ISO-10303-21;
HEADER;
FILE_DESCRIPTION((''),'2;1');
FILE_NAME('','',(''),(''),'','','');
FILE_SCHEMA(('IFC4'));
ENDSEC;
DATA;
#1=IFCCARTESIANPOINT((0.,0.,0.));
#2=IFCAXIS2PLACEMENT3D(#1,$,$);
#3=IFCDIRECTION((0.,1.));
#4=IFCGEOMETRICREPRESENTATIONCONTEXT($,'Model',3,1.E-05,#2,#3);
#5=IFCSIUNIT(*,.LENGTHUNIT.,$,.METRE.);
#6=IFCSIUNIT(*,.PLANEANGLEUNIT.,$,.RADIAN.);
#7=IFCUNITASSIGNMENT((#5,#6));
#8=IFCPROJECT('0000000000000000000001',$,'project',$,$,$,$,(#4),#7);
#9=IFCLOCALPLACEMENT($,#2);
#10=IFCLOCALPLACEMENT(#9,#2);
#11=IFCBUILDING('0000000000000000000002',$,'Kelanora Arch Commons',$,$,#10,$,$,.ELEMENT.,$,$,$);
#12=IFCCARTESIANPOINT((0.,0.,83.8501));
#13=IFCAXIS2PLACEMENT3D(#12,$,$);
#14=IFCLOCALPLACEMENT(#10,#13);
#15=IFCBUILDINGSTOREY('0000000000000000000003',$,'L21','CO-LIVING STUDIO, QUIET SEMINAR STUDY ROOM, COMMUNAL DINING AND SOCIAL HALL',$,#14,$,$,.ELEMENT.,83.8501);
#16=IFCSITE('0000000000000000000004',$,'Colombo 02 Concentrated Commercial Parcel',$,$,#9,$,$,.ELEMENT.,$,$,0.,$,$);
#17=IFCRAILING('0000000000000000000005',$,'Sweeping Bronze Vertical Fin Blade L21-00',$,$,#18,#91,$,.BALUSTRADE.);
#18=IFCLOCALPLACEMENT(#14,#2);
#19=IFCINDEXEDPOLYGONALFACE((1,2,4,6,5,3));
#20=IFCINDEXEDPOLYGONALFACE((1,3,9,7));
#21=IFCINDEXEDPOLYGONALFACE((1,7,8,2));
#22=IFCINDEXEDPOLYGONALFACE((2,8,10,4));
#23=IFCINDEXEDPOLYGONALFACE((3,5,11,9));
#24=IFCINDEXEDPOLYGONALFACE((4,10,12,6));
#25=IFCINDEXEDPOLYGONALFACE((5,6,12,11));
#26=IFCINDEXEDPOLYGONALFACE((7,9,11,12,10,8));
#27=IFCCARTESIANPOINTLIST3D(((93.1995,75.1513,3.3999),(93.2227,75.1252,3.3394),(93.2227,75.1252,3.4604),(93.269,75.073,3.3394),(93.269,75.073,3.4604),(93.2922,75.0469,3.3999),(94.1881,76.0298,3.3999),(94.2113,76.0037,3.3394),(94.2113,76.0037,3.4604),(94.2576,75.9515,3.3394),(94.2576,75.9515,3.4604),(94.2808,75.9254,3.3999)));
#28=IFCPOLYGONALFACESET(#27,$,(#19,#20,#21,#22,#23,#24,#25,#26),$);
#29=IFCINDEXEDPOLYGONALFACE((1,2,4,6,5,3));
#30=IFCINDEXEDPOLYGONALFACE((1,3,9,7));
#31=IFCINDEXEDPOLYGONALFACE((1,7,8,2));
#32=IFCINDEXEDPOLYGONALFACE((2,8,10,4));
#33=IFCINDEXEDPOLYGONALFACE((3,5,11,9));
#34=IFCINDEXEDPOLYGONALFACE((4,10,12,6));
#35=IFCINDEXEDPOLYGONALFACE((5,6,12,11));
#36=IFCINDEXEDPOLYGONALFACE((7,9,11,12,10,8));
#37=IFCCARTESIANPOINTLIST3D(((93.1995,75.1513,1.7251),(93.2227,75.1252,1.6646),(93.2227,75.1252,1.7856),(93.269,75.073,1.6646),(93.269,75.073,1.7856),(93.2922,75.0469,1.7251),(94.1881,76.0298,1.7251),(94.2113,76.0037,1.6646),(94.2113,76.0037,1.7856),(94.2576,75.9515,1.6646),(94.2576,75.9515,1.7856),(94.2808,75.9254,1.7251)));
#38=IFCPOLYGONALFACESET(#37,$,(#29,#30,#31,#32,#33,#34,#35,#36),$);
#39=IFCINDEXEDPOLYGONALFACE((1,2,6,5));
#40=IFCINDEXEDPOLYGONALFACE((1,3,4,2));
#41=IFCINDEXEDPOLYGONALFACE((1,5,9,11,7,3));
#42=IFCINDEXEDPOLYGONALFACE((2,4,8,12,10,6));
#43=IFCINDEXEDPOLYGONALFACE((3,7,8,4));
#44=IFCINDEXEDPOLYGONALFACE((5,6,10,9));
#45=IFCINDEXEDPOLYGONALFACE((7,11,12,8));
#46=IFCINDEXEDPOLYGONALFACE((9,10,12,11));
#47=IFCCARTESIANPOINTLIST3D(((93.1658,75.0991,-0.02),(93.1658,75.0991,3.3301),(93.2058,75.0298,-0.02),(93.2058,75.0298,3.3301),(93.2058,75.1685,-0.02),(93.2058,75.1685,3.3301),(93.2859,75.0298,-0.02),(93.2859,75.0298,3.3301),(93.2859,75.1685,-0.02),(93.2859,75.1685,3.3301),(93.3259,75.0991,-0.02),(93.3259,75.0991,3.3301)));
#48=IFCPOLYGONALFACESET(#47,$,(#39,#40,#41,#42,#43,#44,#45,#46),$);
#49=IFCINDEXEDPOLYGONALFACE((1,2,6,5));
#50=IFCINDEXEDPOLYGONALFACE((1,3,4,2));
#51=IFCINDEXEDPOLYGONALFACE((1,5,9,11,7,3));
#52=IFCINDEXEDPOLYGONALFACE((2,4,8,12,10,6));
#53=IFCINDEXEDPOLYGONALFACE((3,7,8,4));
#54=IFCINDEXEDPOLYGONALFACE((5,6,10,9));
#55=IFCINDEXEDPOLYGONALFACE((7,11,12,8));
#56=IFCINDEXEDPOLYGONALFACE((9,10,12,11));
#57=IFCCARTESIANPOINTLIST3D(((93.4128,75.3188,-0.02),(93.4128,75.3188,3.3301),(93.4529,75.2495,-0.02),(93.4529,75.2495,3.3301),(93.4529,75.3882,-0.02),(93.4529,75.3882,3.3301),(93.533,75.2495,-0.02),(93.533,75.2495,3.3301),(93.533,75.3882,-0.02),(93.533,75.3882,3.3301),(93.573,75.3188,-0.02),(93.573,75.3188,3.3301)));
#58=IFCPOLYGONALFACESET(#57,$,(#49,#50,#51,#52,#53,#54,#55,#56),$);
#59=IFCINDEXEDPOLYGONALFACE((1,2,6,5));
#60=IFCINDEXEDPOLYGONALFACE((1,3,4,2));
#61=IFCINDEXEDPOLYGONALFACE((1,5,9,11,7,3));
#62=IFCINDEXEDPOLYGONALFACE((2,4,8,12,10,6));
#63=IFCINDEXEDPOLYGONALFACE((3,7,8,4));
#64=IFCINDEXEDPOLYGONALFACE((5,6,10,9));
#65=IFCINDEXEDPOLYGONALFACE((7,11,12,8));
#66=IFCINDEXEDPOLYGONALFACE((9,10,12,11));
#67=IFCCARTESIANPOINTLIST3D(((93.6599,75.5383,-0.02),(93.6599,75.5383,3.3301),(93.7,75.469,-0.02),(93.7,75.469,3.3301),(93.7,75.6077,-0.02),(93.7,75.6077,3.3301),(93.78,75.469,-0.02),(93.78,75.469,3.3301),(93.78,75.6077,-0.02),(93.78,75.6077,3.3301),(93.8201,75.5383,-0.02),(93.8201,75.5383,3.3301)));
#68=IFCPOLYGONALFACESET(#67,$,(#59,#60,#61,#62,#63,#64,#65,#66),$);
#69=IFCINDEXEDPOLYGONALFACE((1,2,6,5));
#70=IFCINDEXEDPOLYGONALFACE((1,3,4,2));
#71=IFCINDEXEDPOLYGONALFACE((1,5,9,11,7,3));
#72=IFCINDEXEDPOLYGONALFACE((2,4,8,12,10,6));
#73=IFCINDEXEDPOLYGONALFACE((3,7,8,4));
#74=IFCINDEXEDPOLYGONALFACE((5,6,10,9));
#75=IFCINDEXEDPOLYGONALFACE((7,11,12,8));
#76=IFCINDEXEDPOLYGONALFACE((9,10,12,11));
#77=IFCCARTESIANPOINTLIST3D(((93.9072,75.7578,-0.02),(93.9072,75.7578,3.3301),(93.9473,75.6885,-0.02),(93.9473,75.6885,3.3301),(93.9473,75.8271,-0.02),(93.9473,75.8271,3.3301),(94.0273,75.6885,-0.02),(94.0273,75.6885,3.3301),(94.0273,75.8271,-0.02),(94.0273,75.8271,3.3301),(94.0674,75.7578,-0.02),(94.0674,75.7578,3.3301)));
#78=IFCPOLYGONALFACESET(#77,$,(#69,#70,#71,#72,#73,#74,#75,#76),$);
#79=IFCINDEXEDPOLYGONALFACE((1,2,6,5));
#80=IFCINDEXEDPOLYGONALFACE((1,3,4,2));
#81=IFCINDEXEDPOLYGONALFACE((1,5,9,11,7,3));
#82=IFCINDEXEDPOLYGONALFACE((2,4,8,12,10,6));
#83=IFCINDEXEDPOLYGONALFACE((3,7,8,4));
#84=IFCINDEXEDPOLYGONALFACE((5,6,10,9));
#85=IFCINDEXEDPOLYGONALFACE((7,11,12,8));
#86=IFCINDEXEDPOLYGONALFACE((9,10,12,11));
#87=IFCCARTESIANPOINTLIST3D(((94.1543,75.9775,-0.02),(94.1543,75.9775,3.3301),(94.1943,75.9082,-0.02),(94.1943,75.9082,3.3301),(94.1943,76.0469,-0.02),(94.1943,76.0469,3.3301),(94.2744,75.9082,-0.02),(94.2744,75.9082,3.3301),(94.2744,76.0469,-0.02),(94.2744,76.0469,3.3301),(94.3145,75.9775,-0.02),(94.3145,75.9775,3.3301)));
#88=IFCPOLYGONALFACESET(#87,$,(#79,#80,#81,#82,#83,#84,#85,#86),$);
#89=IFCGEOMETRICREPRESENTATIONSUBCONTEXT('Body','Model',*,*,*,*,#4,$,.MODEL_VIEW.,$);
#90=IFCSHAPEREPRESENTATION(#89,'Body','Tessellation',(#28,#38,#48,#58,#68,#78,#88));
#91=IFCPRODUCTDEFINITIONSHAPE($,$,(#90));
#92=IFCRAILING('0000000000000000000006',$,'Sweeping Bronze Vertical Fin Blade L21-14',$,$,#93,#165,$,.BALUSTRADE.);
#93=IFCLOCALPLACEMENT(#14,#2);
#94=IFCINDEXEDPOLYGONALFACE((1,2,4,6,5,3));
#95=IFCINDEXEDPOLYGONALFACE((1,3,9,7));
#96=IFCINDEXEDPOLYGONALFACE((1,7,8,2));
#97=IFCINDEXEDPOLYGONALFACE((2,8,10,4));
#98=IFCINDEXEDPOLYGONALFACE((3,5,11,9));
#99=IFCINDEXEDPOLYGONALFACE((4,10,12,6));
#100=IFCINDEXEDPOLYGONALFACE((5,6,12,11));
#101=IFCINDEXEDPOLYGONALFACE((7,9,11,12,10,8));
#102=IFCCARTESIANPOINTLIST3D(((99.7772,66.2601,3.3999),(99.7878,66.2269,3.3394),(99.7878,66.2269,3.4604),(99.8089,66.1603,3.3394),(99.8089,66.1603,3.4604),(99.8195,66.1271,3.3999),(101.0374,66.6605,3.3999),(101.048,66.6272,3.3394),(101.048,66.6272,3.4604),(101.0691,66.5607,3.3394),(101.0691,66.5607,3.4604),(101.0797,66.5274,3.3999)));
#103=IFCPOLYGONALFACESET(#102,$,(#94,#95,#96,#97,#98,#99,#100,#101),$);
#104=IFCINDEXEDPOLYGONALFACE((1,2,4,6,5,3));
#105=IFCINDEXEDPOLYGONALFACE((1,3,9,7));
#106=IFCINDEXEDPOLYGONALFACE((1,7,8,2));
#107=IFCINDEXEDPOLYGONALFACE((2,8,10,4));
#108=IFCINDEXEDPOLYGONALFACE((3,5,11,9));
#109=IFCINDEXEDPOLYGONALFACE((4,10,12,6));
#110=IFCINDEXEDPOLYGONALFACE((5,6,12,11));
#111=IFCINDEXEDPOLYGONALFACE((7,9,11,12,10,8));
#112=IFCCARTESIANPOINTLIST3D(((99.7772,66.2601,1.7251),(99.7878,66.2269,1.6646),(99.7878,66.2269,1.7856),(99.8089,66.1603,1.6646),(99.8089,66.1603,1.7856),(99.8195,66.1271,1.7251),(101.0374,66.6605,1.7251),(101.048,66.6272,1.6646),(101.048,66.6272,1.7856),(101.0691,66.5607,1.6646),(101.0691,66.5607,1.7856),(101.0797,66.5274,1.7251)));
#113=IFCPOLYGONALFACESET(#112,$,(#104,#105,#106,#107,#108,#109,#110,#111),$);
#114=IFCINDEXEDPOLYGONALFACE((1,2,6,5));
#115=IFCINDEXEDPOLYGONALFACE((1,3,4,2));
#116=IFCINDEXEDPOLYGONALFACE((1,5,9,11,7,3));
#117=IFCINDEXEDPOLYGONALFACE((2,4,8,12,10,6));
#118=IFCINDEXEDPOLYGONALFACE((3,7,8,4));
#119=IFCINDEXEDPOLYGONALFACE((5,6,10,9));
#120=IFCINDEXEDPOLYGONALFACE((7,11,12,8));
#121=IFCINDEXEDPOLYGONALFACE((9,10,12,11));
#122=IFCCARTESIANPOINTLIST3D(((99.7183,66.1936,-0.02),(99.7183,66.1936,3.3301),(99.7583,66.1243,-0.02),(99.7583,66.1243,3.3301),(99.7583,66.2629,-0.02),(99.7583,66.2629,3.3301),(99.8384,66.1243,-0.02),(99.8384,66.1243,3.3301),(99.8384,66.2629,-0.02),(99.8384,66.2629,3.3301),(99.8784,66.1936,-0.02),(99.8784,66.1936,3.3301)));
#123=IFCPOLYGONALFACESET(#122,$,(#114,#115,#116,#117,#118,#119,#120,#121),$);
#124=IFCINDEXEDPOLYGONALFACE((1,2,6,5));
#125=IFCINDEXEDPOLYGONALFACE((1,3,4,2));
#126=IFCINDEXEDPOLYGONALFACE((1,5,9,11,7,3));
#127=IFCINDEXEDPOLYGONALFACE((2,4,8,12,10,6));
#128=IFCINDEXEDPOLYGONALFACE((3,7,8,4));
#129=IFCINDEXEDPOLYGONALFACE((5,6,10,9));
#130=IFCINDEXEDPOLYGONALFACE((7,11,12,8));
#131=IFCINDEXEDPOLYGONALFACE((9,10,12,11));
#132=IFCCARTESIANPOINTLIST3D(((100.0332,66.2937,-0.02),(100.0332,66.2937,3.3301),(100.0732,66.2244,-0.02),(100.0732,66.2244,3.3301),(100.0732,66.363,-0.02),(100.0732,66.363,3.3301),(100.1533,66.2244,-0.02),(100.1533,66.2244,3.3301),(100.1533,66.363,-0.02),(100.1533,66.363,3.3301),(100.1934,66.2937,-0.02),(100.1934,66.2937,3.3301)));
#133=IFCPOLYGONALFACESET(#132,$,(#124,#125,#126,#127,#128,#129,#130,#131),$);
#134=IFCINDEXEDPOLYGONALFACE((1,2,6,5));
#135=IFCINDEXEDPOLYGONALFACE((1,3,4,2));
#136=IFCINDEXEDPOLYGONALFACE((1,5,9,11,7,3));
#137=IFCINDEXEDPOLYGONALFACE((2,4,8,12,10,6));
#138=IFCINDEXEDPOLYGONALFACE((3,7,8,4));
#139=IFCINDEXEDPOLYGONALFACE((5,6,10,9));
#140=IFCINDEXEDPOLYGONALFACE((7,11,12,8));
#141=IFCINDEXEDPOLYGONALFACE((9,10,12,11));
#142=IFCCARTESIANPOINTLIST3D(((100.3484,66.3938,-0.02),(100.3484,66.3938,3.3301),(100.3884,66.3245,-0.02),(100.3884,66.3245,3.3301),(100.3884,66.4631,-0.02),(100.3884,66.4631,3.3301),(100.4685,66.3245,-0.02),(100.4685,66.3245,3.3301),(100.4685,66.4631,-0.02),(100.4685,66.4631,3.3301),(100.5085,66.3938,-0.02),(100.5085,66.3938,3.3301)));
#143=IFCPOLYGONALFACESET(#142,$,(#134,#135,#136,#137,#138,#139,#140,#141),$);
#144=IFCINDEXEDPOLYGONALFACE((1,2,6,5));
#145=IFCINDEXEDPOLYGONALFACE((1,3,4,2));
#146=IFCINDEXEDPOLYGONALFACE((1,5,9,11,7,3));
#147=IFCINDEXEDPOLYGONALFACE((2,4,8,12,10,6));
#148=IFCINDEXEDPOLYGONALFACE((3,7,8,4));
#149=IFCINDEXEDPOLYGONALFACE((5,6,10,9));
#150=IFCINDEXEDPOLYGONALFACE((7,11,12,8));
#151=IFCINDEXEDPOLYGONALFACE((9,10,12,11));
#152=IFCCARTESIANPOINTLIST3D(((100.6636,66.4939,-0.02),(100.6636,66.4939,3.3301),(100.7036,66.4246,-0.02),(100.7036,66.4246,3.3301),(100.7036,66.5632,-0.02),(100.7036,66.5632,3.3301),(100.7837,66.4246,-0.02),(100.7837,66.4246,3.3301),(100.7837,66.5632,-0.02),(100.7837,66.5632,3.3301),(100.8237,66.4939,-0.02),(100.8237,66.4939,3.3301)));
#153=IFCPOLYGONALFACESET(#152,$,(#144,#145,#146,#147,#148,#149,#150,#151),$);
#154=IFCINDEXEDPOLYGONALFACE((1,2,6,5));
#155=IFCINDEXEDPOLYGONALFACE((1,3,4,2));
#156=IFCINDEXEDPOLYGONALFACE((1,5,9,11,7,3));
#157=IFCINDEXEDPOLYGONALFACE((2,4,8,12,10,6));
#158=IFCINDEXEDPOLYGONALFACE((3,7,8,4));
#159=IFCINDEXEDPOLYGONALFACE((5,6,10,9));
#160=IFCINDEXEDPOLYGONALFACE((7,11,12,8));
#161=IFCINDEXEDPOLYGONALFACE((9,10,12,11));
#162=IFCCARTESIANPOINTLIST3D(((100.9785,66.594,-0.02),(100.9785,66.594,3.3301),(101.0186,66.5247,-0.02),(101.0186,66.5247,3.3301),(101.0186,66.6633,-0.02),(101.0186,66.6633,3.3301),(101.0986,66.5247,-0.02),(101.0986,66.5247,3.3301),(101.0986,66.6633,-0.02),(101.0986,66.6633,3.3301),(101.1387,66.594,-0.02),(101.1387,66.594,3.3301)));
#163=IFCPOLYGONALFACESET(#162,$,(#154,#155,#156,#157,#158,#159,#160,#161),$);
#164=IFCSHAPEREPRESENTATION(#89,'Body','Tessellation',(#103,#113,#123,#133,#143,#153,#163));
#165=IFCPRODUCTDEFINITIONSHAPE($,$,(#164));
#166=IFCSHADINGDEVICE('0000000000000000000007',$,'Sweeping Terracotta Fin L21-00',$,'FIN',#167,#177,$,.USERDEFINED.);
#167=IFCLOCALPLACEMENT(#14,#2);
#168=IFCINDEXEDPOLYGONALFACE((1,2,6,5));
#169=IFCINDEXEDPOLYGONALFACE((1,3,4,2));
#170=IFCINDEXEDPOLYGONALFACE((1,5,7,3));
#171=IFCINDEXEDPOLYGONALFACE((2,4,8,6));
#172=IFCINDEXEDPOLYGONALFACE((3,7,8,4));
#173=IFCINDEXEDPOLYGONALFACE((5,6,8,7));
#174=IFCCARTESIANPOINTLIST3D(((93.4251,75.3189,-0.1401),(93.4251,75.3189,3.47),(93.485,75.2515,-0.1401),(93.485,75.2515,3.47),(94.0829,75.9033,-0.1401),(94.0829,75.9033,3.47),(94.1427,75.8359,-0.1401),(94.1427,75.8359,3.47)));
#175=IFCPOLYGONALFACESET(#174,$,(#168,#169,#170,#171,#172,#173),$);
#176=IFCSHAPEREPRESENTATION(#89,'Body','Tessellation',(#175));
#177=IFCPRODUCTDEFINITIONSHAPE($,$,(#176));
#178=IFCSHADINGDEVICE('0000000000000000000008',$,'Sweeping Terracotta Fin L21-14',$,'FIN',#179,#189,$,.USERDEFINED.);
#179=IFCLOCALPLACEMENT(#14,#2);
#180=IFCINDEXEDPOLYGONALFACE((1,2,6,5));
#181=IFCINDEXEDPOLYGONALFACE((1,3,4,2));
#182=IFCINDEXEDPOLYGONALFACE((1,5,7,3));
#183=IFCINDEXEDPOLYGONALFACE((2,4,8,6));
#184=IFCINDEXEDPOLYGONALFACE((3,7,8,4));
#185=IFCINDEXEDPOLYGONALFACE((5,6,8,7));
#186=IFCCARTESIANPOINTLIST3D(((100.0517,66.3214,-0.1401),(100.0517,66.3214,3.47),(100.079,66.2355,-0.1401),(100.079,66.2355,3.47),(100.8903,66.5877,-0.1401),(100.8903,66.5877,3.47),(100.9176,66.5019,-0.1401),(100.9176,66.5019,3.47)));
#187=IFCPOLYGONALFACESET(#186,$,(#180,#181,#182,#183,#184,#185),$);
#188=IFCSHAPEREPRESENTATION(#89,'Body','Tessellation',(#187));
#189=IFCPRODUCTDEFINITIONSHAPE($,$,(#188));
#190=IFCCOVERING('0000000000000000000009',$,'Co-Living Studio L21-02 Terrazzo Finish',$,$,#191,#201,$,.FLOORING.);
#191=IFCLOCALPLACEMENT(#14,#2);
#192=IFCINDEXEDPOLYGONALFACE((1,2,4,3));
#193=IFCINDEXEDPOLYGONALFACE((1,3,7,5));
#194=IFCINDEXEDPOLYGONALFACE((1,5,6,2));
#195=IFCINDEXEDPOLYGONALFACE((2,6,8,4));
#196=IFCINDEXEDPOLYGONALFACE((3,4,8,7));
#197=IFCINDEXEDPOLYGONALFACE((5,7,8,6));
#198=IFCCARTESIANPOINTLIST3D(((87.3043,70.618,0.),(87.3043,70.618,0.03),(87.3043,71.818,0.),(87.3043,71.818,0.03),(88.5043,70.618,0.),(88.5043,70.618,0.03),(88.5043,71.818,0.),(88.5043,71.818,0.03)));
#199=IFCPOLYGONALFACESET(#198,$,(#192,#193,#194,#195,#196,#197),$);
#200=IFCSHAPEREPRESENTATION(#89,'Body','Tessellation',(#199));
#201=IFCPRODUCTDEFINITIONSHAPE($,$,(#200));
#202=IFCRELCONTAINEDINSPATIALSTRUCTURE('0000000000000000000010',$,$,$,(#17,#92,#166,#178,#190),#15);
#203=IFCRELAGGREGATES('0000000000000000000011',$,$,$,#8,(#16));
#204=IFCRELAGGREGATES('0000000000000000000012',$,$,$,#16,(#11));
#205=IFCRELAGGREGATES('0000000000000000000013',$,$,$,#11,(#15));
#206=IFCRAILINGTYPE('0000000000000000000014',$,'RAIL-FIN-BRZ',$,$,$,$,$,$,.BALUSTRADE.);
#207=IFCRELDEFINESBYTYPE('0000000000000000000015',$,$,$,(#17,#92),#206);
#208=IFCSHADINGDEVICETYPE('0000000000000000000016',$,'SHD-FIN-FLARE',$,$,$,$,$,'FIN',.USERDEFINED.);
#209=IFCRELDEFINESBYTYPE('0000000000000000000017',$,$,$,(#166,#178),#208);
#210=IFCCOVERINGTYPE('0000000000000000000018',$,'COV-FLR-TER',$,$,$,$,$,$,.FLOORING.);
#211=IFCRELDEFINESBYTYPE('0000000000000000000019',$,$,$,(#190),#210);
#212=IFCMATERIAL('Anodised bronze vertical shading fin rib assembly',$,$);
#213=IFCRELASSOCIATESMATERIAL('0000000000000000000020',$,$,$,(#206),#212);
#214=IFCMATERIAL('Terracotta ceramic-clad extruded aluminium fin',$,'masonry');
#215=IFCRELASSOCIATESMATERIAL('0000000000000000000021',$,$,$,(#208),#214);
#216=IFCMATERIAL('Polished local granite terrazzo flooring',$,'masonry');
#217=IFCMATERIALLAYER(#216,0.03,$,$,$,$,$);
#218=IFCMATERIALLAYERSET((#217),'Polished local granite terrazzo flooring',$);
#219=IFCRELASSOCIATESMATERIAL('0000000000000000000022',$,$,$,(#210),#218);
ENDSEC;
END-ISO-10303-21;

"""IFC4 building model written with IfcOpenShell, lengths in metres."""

from ifc_helpers import new_model, si_unit, direction, frame, origin, origin_2d, place, context, subcontext, project, spatial, polyline, rectangle, outline, extrude, source, transform, mapped, material, layer, layer_set, type_object, element, save


model = new_model("IFC4")

# Units and contexts
model_context = context("Model", 3, precision=1e-05, world=origin(), true_north=direction((0.0, 1.0)))
body_context = subcontext(model_context, "Body", "Model", "MODEL_VIEW")
ifc_project = project(units=[si_unit("LENGTHUNIT", "METRE"), si_unit("PLANEANGLEUNIT", "RADIAN")], contexts=[model_context])

# Site, building, storey
site_placement = place(None, origin())
site = spatial("IfcSite", under=ifc_project, at=site_placement, Name="Colombo 02 Concentrated Commercial Parcel", CompositionType="ELEMENT", RefElevation=0.0)
building_placement = place(site_placement, origin())
building = spatial("IfcBuilding", under=site, at=building_placement, Name="Kelanora Arch Commons", CompositionType="ELEMENT")
storey_placement = place(building_placement, frame((0.0, 0.0, 83.8501)))
storey = spatial("IfcBuildingStorey", under=building, at=storey_placement, Name="L21", Description="CO-LIVING STUDIO, QUIET SEMINAR STUDY ROOM, COMMUNAL DINING AND SOCIAL HALL", CompositionType="ELEMENT", Elevation=83.8501)

# Railings
ifc_material_1 = material(Name="Anodised bronze vertical shading fin rib assembly")
railing_type = type_object("IfcRailingType", Name="RAIL-FIN-BRZ", PredefinedType="BALUSTRADE", material=ifc_material_1)
railing_1_placement = place(storey_placement, frame((93.2458, 75.0991, -0.02)))
element("IfcRailing", 1, at=railing_1_placement, inside=storey, type_object=railing_type, Name="Sweeping Bronze Vertical Fin Blade L21-00", PredefinedType="BALUSTRADE", context=body_context, shape_type="SweptSolid", body=[
    extrude(outline(polyline([(0.0698, 0.0), (0.0349, 0.0605), (-0.0349, 0.0605), (-0.0698, 0.0), (-0.0349, -0.0605), (0.0349, -0.0605), (0.0698, 0.0)])), frame((0.0, 0.0, 3.4199), z_axis=(0.747511, 0.664249, 0.0), x_axis=(-0.664249, 0.747511, 0.0)), (0.0, 0.0, 1.0), 1.3225),
    extrude(outline(polyline([(0.0698, 0.0), (0.0349, 0.0605), (-0.0349, 0.0605), (-0.0698, 0.0), (-0.0349, -0.0605), (0.0349, -0.0605), (0.0698, 0.0)])), frame((0.0, 0.0, 1.7451), z_axis=(0.747511, 0.664249, 0.0), x_axis=(-0.664249, 0.747511, 0.0)), (0.0, 0.0, 1.0), 1.3225),
    extrude(outline(polyline([(0.0801, 0.0), (0.04, 0.0693), (-0.04, 0.0693), (-0.0801, 0.0), (-0.04, -0.0693), (0.04, -0.0693), (0.0801, 0.0)])), origin(), (0.0, 0.0, 1.0), 3.3501),
    extrude(outline(polyline([(0.0801, 0.0), (0.04, 0.0693), (-0.04, 0.0693), (-0.0801, 0.0), (-0.04, -0.0693), (0.04, -0.0693), (0.0801, 0.0)])), frame((0.2471, 0.2197, 0.0)), (0.0, 0.0, 1.0), 3.3501),
    extrude(outline(polyline([(0.0801, 0.0), (0.04, 0.0693), (-0.04, 0.0693), (-0.0801, 0.0), (-0.04, -0.0693), (0.04, -0.0693), (0.0801, 0.0)])), frame((0.4941, 0.4392, 0.0)), (0.0, 0.0, 1.0), 3.3501),
    extrude(outline(polyline([(0.0801, 0.0), (0.04, 0.0693), (-0.04, 0.0693), (-0.0801, 0.0), (-0.04, -0.0693), (0.04, -0.0693), (0.0801, 0.0)])), frame((0.7415, 0.6587, 0.0)), (0.0, 0.0, 1.0), 3.3501),
    extrude(outline(polyline([(0.0801, 0.0), (0.04, 0.0693), (-0.04, 0.0693), (-0.0801, 0.0), (-0.04, -0.0693), (0.04, -0.0693), (0.0801, 0.0)])), frame((0.9885, 0.8784, 0.0)), (0.0, 0.0, 1.0), 3.3501),
])
railing_2_placement = place(storey_placement, frame((99.7983, 66.1936, -0.02)))
element("IfcRailing", 2, at=railing_2_placement, inside=storey, type_object=railing_type, Name="Sweeping Bronze Vertical Fin Blade L21-14", PredefinedType="BALUSTRADE", context=body_context, shape_type="SweptSolid", body=[
    extrude(outline(polyline([(0.0698, 0.0), (0.0349, 0.0605), (-0.0349, 0.0605), (-0.0698, 0.0), (-0.0349, -0.0605), (0.0349, -0.0605), (0.0698, 0.0)])), frame((0.0, 0.0, 3.4199), z_axis=(0.953057, 0.302792, 0.0), x_axis=(-0.302792, 0.953057, 0.0)), (0.0, 0.0, 1.0), 1.3223),
    extrude(outline(polyline([(0.0698, 0.0), (0.0349, 0.0605), (-0.0349, 0.0605), (-0.0698, 0.0), (-0.0349, -0.0605), (0.0349, -0.0605), (0.0698, 0.0)])), frame((0.0, 0.0, 1.7451), z_axis=(0.953057, 0.302792, 0.0), x_axis=(-0.302792, 0.953057, 0.0)), (0.0, 0.0, 1.0), 1.3223),
    extrude(outline(polyline([(0.0801, 0.0), (0.04, 0.0693), (-0.04, 0.0693), (-0.0801, 0.0), (-0.04, -0.0693), (0.04, -0.0693), (0.0801, 0.0)])), origin(), (0.0, 0.0, 1.0), 3.3501),
    extrude(outline(polyline([(0.0801, 0.0), (0.04, 0.0693), (-0.04, 0.0693), (-0.0801, 0.0), (-0.04, -0.0693), (0.04, -0.0693), (0.0801, 0.0)])), frame((0.3149, 0.1001, 0.0)), (0.0, 0.0, 1.0), 3.3501),
    extrude(outline(polyline([(0.0801, 0.0), (0.04, 0.0693), (-0.04, 0.0693), (-0.0801, 0.0), (-0.04, -0.0693), (0.04, -0.0693), (0.0801, 0.0)])), frame((0.6301, 0.2002, 0.0)), (0.0, 0.0, 1.0), 3.3501),
    extrude(outline(polyline([(0.0801, 0.0), (0.04, 0.0693), (-0.04, 0.0693), (-0.0801, 0.0), (-0.04, -0.0693), (0.04, -0.0693), (0.0801, 0.0)])), frame((0.9453, 0.3003, 0.0)), (0.0, 0.0, 1.0), 3.3501),
    extrude(outline(polyline([(0.0801, 0.0), (0.04, 0.0693), (-0.04, 0.0693), (-0.0801, 0.0), (-0.04, -0.0693), (0.04, -0.0693), (0.0801, 0.0)])), frame((1.2603, 0.4004, 0.0)), (0.0, 0.0, 1.0), 3.3501),
])

# Shading devices
ifc_material_2 = material(Name="Terracotta ceramic-clad extruded aluminium fin", Category="masonry")
shading_device_type = type_object("IfcShadingDeviceType", Name="SHD-FIN-FLARE", ElementType="FIN", PredefinedType="USERDEFINED", material=ifc_material_2)
shared_shape_1 = source(origin(), body_context, "Body", "SweptSolid", [
    extrude(rectangle(XDim=0.8799, YDim=0.0901, at=origin_2d()), origin(), (0.0, 0.0, 1.0), 3.6101),
])
for number, where, z_axis, x_axis, name in (
    (3, (93.7839, 75.5774, -0.1401), (0.0, 0.0, 1.0), (0.747566, 0.664187, 0.0), "Sweeping Terracotta Fin L21-00"),
    (4, (100.4846, 66.4116, -0.1401), (0.0, 0.0, 1.0), (0.953085, 0.302703, 0.0), "Sweeping Terracotta Fin L21-14"),
):
    element("IfcShadingDevice", number, at=place(storey_placement, frame(where, z_axis=z_axis, x_axis=x_axis)), inside=storey, type_object=shading_device_type, Name=name, ObjectType="FIN", PredefinedType="USERDEFINED", context=body_context, shape_type="MappedRepresentation", body=[
        mapped(shared_shape_1, transform((0.0, 0.0, 0.0), scale=1.0)),
    ])

# Covering
ifc_material_3 = material(Name="Polished local granite terrazzo flooring", Category="masonry")
ifc_layer_1 = layer(ifc_material_3, 0.03)
ifc_layer_set_1 = layer_set([ifc_layer_1], Name="Polished local granite terrazzo flooring")
covering_type = type_object("IfcCoveringType", Name="COV-FLR-TER", PredefinedType="FLOORING", material=ifc_layer_set_1)
shared_shape_2 = source(origin(), body_context, "Body", "SweptSolid", [
    extrude(rectangle(XDim=1.2, YDim=1.2, at=origin_2d()), origin(), (0.0, 0.0, 1.0), 0.03),
])
covering_placement = place(storey_placement, frame((87.9043, 71.218, 0.0), z_axis=(0.0, 0.0, 1.0), x_axis=(1.0, 0.0, 0.0)))
element("IfcCovering", 5, at=covering_placement, inside=storey, type_object=covering_type, Name="Co-Living Studio L21-02 Terrazzo Finish", PredefinedType="FLOORING", context=body_context, shape_type="MappedRepresentation", body=[
    mapped(shared_shape_2, transform((0.0, 0.0, 0.0), scale=1.0)),
])

save(model, "model.ifc")
